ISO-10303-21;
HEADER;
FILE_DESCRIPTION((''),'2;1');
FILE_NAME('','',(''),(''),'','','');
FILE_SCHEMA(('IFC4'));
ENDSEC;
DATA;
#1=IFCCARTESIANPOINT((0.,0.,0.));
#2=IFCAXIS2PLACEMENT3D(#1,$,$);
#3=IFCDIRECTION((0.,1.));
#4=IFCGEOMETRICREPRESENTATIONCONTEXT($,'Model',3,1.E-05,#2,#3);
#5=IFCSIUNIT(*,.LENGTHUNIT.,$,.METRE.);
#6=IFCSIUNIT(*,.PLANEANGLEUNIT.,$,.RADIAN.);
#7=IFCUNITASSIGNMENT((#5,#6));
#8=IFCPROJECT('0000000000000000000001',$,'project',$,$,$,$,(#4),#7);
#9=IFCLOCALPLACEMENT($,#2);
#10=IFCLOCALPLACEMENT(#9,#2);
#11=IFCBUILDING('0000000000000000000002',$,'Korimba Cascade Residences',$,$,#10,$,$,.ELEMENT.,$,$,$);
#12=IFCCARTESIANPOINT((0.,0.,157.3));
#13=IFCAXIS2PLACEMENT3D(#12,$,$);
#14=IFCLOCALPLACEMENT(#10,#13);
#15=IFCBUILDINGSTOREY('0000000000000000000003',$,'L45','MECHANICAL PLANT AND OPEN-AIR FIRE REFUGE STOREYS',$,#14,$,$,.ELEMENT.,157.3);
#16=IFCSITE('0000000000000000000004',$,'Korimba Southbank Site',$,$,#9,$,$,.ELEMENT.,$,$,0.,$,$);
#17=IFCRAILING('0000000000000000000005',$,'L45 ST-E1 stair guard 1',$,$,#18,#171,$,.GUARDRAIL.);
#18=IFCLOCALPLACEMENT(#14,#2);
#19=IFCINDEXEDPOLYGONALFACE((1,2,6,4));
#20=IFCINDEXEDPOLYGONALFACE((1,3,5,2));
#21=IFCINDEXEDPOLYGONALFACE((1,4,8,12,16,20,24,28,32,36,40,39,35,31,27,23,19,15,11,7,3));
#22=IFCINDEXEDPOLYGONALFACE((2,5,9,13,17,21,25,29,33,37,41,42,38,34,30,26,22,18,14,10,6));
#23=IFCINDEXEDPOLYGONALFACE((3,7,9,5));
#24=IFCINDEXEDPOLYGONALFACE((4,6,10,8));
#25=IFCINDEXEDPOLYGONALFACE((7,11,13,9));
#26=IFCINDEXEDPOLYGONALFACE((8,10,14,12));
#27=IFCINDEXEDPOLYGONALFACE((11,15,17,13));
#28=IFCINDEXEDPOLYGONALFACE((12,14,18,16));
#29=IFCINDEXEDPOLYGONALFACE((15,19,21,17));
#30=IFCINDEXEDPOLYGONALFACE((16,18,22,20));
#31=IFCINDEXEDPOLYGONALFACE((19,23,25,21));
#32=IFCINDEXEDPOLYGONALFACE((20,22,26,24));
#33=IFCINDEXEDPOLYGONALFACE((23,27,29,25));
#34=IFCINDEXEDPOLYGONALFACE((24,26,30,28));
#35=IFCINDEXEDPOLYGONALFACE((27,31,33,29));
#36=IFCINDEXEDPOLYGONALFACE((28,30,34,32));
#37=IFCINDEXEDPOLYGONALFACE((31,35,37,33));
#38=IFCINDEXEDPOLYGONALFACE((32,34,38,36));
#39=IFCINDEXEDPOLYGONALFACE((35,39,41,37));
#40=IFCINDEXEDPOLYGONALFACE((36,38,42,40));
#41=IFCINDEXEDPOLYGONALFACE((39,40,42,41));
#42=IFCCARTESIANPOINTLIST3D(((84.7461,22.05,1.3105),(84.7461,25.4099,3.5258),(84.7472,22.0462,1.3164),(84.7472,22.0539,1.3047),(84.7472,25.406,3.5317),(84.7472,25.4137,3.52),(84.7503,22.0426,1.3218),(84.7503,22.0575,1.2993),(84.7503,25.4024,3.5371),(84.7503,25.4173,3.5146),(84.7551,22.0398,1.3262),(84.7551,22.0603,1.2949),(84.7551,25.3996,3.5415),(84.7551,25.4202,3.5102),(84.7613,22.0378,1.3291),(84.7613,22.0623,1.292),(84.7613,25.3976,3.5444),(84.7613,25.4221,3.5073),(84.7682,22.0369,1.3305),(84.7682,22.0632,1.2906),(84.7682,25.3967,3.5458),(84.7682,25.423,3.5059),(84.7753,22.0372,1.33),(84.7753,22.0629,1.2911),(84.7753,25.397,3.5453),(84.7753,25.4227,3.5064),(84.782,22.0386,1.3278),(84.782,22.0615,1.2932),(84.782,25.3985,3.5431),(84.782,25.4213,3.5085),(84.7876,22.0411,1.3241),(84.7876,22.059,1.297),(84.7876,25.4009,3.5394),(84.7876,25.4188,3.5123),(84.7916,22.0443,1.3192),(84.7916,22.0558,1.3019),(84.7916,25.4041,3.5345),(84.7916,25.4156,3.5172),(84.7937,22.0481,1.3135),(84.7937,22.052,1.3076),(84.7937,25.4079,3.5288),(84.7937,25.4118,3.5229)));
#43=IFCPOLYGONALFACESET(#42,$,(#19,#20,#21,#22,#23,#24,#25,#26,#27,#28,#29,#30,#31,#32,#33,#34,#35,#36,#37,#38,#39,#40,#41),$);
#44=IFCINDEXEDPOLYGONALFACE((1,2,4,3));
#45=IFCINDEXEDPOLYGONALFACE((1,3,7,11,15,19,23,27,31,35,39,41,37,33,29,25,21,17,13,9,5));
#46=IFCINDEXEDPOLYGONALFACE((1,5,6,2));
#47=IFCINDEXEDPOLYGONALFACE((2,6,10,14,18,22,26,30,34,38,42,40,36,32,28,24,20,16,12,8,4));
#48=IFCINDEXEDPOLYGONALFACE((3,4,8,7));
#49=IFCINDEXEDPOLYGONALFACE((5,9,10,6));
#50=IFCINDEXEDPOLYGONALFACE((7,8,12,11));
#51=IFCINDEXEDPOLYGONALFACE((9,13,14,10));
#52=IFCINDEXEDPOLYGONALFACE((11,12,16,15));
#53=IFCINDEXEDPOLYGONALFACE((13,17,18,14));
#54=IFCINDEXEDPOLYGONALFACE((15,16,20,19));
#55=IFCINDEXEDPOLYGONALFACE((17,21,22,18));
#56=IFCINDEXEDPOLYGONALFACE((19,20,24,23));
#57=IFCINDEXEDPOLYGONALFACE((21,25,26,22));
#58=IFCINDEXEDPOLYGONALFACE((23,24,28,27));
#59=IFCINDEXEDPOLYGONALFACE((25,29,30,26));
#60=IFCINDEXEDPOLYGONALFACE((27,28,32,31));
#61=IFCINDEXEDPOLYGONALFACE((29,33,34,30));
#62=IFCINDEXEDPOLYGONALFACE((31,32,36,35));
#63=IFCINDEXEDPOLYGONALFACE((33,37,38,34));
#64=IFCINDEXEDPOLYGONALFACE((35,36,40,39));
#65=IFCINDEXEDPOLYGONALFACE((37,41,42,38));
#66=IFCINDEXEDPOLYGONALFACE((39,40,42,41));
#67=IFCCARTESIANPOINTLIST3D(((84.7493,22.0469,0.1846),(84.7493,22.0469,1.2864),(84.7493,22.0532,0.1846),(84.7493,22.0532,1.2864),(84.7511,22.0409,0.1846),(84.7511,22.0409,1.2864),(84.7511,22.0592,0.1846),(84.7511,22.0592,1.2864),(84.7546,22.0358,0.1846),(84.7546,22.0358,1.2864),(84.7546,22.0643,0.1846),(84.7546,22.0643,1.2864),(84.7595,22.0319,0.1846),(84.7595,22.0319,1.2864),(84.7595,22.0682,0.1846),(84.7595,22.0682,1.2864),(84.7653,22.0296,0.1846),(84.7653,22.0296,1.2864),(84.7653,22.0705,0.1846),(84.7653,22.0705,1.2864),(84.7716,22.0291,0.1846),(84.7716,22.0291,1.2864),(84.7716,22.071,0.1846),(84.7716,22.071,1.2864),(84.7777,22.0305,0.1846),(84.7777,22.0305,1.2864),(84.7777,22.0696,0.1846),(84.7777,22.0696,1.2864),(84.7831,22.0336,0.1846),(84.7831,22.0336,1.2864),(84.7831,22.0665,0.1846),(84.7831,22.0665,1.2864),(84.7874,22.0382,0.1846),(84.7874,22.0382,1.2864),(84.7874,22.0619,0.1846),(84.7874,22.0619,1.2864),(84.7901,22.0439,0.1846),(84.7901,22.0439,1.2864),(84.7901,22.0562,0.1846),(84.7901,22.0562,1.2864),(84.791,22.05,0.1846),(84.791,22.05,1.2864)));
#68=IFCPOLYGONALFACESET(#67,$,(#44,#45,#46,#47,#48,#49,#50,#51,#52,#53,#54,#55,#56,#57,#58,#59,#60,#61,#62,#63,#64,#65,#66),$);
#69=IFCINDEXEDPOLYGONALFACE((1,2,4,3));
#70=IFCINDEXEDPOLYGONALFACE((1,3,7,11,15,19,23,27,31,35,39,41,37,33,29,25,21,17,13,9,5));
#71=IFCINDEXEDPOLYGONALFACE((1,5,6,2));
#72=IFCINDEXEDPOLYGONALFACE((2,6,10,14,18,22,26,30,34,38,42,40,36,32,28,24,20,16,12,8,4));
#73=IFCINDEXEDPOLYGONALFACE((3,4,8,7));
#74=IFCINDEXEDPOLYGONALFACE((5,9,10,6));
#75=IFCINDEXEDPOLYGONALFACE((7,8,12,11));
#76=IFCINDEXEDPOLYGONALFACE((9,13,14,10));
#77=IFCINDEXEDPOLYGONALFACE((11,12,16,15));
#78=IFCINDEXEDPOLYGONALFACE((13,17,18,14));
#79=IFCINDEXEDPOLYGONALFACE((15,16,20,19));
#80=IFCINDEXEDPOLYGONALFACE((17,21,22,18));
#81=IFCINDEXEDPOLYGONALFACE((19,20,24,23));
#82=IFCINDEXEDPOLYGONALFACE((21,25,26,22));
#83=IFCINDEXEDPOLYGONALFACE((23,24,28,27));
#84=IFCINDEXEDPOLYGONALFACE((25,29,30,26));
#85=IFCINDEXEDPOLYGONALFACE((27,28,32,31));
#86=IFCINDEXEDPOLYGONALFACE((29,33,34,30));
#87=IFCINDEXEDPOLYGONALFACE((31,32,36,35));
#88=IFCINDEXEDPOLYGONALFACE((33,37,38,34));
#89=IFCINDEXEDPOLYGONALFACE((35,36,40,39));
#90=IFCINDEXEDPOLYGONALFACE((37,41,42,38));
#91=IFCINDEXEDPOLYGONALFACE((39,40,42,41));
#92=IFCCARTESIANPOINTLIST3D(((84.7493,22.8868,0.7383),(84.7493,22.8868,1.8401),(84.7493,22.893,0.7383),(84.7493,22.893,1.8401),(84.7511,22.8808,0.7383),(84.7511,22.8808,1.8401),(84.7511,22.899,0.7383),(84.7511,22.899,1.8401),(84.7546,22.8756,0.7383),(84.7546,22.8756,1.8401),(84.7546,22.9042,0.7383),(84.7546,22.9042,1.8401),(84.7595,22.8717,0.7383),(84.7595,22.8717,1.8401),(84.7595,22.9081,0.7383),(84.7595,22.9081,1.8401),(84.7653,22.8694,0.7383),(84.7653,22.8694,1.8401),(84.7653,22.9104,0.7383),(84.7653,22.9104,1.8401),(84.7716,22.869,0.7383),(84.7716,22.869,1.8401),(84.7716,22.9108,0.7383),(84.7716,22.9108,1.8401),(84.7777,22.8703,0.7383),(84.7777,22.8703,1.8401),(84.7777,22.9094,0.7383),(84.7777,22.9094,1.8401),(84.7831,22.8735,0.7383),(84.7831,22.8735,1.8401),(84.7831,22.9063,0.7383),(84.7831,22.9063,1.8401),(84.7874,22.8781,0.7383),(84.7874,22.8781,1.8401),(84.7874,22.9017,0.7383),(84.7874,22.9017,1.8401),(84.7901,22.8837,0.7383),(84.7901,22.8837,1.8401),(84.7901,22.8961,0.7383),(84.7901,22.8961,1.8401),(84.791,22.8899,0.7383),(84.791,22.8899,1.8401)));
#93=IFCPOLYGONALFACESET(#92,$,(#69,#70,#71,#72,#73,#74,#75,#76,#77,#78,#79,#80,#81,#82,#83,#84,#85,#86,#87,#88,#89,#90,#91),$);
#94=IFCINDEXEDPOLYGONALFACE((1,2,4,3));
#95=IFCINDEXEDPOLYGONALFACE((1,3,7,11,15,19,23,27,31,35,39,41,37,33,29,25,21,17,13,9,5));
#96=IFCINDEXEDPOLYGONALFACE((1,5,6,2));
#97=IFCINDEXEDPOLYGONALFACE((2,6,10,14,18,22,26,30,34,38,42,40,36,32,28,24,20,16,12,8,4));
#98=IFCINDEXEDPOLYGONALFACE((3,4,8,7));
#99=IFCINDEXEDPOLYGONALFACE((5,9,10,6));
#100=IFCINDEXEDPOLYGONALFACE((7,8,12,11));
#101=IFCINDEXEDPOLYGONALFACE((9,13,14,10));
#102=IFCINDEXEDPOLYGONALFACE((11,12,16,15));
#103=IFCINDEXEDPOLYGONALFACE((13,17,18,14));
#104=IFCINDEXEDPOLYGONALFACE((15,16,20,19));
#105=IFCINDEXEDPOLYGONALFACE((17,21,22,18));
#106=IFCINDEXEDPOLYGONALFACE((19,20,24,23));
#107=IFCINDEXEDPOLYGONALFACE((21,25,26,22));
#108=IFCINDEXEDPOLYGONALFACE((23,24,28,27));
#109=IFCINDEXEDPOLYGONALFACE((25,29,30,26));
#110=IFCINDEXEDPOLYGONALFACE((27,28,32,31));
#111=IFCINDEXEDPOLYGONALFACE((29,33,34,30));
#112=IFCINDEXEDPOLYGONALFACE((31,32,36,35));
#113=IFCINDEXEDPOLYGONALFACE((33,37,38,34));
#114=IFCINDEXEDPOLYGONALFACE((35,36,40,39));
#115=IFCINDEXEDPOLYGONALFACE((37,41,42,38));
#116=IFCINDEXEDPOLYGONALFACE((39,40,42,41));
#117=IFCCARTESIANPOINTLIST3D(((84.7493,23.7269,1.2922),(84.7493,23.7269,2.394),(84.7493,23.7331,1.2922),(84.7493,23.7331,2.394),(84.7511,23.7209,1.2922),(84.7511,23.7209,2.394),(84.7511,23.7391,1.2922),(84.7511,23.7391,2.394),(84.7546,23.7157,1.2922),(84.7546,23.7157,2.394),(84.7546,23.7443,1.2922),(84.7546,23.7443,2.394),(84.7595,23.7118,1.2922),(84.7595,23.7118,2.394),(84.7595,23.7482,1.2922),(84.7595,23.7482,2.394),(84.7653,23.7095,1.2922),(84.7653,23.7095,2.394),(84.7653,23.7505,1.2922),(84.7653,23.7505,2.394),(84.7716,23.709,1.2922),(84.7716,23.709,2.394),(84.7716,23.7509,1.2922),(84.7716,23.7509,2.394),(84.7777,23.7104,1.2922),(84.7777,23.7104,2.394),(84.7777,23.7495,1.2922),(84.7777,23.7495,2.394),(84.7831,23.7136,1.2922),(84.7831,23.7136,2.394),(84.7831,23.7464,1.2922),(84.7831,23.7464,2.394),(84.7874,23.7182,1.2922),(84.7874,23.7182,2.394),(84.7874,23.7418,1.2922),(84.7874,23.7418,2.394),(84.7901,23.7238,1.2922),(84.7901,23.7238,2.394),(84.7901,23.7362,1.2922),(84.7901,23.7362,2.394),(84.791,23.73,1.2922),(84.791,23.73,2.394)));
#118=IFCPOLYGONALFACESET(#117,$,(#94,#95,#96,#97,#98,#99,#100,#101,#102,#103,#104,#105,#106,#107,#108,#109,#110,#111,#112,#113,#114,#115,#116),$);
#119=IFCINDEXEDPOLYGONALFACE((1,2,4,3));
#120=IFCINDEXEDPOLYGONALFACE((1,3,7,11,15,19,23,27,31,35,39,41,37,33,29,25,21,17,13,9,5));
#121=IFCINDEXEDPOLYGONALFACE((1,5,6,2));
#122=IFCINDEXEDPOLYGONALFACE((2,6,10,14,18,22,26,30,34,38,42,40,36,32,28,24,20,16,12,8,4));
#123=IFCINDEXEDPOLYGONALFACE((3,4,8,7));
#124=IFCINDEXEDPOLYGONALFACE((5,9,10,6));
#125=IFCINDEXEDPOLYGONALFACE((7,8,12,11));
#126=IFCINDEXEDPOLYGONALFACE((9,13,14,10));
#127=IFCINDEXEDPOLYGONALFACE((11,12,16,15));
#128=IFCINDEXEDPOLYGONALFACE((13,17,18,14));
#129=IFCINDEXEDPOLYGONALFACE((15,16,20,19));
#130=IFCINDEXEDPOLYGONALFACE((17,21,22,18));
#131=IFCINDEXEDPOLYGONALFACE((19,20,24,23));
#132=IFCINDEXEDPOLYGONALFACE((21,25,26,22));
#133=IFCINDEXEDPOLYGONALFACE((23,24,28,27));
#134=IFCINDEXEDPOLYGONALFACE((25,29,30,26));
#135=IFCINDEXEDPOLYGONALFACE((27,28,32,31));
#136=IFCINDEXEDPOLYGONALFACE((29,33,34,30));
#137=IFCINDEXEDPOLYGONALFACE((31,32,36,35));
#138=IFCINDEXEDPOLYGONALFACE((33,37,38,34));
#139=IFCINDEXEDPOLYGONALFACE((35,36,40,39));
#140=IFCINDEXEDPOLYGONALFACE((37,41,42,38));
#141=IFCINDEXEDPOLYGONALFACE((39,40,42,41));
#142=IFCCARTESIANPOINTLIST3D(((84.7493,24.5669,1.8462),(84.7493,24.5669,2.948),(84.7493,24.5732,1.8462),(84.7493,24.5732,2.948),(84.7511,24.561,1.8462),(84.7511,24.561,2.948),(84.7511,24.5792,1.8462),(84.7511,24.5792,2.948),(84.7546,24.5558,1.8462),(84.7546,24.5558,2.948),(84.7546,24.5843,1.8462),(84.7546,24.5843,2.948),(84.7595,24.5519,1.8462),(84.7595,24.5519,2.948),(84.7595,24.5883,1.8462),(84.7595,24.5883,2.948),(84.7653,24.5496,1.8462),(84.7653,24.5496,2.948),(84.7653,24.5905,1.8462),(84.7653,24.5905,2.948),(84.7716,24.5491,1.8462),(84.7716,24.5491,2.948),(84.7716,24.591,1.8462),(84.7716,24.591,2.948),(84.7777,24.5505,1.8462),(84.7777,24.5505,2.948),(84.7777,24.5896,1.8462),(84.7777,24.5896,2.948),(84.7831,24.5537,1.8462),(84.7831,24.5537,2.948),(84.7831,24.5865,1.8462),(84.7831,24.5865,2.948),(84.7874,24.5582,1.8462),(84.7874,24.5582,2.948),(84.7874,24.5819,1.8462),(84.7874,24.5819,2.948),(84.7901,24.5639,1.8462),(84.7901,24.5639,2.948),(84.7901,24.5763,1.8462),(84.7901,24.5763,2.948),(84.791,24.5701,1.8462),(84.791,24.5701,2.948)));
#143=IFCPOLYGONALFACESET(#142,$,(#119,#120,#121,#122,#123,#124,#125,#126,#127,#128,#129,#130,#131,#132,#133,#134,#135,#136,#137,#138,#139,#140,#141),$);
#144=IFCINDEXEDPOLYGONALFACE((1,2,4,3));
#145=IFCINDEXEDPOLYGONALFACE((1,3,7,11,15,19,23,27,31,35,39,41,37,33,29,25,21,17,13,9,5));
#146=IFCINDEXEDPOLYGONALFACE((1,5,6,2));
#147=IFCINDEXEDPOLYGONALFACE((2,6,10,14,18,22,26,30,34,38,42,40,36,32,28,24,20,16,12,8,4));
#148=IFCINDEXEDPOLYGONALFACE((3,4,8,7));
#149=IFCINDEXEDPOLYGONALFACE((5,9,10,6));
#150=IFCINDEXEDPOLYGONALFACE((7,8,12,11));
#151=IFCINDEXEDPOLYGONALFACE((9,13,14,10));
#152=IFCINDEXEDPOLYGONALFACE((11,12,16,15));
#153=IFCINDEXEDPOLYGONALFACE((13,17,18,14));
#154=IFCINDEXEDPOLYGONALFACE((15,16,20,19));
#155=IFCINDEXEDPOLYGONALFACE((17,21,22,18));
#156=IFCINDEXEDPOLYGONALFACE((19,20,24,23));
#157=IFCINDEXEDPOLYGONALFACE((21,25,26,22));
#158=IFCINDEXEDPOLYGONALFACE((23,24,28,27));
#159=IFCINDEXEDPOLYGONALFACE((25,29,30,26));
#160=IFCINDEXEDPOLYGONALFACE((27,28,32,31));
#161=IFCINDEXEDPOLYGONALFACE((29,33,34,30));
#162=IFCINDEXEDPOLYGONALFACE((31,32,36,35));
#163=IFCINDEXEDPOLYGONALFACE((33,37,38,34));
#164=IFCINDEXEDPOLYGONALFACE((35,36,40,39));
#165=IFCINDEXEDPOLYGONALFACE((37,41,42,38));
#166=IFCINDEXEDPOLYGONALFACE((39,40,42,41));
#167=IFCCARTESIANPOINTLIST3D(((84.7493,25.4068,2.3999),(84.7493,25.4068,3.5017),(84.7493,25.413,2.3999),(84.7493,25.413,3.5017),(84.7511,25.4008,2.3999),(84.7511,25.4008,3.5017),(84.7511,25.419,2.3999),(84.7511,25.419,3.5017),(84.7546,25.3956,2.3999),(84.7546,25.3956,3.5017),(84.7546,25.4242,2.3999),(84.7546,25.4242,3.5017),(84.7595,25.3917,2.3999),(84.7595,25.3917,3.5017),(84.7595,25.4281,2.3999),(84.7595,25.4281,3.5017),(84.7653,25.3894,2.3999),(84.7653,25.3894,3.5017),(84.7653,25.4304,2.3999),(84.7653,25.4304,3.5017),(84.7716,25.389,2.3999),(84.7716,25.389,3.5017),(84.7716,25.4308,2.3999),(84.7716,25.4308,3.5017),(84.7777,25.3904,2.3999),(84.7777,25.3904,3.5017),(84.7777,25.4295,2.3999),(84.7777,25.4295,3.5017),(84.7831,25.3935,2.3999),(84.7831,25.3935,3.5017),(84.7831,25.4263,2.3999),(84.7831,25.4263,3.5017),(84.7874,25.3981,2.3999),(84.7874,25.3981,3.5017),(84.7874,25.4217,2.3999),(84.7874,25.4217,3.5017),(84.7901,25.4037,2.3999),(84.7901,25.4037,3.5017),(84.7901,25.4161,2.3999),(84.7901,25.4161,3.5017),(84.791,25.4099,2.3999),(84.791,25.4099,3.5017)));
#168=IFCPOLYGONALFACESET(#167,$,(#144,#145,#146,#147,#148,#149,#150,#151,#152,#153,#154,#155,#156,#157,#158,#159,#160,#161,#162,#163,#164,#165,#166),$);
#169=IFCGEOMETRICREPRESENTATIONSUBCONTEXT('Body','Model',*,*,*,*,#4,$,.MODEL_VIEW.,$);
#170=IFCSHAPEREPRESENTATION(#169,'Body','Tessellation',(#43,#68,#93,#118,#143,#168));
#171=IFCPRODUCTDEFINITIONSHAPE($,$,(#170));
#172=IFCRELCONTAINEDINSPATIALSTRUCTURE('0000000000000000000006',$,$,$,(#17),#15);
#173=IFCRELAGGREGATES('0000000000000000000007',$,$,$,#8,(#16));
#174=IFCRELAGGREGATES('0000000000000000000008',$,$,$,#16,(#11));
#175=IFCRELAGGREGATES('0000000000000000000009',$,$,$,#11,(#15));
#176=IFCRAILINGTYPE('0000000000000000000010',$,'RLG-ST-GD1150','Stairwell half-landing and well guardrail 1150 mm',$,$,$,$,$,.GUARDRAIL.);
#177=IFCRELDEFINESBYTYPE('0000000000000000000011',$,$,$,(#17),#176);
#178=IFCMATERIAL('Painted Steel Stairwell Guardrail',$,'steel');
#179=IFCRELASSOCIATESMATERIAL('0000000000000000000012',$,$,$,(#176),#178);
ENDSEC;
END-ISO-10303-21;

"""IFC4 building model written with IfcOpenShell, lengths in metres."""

from ifc_helpers import new_model, si_unit, direction, frame, origin, origin_2d, place, context, subcontext, project, spatial, circle, extrude, material, type_object, element, save


model = new_model("IFC4")

# Units and contexts
model_context = context("Model", 3, precision=1e-05, world=origin(), true_north=direction((0.0, 1.0)))
body_context = subcontext(model_context, "Body", "Model", "MODEL_VIEW")
ifc_project = project(units=[si_unit("LENGTHUNIT", "METRE"), si_unit("PLANEANGLEUNIT", "RADIAN")], contexts=[model_context])

# Site, building, storey
site_placement = place(None, origin())
site = spatial("IfcSite", under=ifc_project, at=site_placement, Name="Korimba Southbank Site", CompositionType="ELEMENT", RefElevation=0.0)
building_placement = place(site_placement, origin())
building = spatial("IfcBuilding", under=site, at=building_placement, Name="Korimba Cascade Residences", CompositionType="ELEMENT")
storey_placement = place(building_placement, frame((0.0, 0.0, 157.3)))
storey = spatial("IfcBuildingStorey", under=building, at=storey_placement, Name="L45", Description="MECHANICAL PLANT AND OPEN-AIR FIRE REFUGE STOREYS", CompositionType="ELEMENT", Elevation=157.3)

# Railing
ifc_material_1 = material(Name="Painted Steel Stairwell Guardrail", Category="steel")
railing_type = type_object("IfcRailingType", Name="RLG-ST-GD1150", Description="Stairwell half-landing and well guardrail 1150 mm", PredefinedType="GUARDRAIL", material=ifc_material_1)
railing_1_placement = place(storey_placement, frame((84.77, 22.05, 0.1846)))
element("IfcRailing", 1, at=railing_1_placement, inside=storey, type_object=railing_type, Name="L45 ST-E1 stair guard 1", PredefinedType="GUARDRAIL", context=body_context, shape_type="SweptSolid", body=[
    extrude(circle(Radius=0.0239, at=origin_2d()), frame((0.0, 0.0, 1.126), z_axis=(0.0, 0.834858, 0.550465), x_axis=(-1.0, 0.0, 0.0)), (0.0, 0.0, 1.0), 4.0244),
    extrude(circle(Radius=0.021, at=origin_2d()), origin(), (0.0, 0.0, 1.0), 1.1018),
    extrude(circle(Radius=0.021, at=origin_2d()), frame((0.0, 0.8398, 0.5537)), (0.0, 0.0, 1.0), 1.1018),
    extrude(circle(Radius=0.021, at=origin_2d()), frame((0.0, 1.6799, 1.1077)), (0.0, 0.0, 1.0), 1.1018),
    extrude(circle(Radius=0.021, at=origin_2d()), frame((0.0, 2.52, 1.6616)), (0.0, 0.0, 1.0), 1.1018),
    extrude(circle(Radius=0.021, at=origin_2d()), frame((0.0, 3.3599, 2.2153)), (0.0, 0.0, 1.0), 1.1018),
])

save(model, "model.ifc")
